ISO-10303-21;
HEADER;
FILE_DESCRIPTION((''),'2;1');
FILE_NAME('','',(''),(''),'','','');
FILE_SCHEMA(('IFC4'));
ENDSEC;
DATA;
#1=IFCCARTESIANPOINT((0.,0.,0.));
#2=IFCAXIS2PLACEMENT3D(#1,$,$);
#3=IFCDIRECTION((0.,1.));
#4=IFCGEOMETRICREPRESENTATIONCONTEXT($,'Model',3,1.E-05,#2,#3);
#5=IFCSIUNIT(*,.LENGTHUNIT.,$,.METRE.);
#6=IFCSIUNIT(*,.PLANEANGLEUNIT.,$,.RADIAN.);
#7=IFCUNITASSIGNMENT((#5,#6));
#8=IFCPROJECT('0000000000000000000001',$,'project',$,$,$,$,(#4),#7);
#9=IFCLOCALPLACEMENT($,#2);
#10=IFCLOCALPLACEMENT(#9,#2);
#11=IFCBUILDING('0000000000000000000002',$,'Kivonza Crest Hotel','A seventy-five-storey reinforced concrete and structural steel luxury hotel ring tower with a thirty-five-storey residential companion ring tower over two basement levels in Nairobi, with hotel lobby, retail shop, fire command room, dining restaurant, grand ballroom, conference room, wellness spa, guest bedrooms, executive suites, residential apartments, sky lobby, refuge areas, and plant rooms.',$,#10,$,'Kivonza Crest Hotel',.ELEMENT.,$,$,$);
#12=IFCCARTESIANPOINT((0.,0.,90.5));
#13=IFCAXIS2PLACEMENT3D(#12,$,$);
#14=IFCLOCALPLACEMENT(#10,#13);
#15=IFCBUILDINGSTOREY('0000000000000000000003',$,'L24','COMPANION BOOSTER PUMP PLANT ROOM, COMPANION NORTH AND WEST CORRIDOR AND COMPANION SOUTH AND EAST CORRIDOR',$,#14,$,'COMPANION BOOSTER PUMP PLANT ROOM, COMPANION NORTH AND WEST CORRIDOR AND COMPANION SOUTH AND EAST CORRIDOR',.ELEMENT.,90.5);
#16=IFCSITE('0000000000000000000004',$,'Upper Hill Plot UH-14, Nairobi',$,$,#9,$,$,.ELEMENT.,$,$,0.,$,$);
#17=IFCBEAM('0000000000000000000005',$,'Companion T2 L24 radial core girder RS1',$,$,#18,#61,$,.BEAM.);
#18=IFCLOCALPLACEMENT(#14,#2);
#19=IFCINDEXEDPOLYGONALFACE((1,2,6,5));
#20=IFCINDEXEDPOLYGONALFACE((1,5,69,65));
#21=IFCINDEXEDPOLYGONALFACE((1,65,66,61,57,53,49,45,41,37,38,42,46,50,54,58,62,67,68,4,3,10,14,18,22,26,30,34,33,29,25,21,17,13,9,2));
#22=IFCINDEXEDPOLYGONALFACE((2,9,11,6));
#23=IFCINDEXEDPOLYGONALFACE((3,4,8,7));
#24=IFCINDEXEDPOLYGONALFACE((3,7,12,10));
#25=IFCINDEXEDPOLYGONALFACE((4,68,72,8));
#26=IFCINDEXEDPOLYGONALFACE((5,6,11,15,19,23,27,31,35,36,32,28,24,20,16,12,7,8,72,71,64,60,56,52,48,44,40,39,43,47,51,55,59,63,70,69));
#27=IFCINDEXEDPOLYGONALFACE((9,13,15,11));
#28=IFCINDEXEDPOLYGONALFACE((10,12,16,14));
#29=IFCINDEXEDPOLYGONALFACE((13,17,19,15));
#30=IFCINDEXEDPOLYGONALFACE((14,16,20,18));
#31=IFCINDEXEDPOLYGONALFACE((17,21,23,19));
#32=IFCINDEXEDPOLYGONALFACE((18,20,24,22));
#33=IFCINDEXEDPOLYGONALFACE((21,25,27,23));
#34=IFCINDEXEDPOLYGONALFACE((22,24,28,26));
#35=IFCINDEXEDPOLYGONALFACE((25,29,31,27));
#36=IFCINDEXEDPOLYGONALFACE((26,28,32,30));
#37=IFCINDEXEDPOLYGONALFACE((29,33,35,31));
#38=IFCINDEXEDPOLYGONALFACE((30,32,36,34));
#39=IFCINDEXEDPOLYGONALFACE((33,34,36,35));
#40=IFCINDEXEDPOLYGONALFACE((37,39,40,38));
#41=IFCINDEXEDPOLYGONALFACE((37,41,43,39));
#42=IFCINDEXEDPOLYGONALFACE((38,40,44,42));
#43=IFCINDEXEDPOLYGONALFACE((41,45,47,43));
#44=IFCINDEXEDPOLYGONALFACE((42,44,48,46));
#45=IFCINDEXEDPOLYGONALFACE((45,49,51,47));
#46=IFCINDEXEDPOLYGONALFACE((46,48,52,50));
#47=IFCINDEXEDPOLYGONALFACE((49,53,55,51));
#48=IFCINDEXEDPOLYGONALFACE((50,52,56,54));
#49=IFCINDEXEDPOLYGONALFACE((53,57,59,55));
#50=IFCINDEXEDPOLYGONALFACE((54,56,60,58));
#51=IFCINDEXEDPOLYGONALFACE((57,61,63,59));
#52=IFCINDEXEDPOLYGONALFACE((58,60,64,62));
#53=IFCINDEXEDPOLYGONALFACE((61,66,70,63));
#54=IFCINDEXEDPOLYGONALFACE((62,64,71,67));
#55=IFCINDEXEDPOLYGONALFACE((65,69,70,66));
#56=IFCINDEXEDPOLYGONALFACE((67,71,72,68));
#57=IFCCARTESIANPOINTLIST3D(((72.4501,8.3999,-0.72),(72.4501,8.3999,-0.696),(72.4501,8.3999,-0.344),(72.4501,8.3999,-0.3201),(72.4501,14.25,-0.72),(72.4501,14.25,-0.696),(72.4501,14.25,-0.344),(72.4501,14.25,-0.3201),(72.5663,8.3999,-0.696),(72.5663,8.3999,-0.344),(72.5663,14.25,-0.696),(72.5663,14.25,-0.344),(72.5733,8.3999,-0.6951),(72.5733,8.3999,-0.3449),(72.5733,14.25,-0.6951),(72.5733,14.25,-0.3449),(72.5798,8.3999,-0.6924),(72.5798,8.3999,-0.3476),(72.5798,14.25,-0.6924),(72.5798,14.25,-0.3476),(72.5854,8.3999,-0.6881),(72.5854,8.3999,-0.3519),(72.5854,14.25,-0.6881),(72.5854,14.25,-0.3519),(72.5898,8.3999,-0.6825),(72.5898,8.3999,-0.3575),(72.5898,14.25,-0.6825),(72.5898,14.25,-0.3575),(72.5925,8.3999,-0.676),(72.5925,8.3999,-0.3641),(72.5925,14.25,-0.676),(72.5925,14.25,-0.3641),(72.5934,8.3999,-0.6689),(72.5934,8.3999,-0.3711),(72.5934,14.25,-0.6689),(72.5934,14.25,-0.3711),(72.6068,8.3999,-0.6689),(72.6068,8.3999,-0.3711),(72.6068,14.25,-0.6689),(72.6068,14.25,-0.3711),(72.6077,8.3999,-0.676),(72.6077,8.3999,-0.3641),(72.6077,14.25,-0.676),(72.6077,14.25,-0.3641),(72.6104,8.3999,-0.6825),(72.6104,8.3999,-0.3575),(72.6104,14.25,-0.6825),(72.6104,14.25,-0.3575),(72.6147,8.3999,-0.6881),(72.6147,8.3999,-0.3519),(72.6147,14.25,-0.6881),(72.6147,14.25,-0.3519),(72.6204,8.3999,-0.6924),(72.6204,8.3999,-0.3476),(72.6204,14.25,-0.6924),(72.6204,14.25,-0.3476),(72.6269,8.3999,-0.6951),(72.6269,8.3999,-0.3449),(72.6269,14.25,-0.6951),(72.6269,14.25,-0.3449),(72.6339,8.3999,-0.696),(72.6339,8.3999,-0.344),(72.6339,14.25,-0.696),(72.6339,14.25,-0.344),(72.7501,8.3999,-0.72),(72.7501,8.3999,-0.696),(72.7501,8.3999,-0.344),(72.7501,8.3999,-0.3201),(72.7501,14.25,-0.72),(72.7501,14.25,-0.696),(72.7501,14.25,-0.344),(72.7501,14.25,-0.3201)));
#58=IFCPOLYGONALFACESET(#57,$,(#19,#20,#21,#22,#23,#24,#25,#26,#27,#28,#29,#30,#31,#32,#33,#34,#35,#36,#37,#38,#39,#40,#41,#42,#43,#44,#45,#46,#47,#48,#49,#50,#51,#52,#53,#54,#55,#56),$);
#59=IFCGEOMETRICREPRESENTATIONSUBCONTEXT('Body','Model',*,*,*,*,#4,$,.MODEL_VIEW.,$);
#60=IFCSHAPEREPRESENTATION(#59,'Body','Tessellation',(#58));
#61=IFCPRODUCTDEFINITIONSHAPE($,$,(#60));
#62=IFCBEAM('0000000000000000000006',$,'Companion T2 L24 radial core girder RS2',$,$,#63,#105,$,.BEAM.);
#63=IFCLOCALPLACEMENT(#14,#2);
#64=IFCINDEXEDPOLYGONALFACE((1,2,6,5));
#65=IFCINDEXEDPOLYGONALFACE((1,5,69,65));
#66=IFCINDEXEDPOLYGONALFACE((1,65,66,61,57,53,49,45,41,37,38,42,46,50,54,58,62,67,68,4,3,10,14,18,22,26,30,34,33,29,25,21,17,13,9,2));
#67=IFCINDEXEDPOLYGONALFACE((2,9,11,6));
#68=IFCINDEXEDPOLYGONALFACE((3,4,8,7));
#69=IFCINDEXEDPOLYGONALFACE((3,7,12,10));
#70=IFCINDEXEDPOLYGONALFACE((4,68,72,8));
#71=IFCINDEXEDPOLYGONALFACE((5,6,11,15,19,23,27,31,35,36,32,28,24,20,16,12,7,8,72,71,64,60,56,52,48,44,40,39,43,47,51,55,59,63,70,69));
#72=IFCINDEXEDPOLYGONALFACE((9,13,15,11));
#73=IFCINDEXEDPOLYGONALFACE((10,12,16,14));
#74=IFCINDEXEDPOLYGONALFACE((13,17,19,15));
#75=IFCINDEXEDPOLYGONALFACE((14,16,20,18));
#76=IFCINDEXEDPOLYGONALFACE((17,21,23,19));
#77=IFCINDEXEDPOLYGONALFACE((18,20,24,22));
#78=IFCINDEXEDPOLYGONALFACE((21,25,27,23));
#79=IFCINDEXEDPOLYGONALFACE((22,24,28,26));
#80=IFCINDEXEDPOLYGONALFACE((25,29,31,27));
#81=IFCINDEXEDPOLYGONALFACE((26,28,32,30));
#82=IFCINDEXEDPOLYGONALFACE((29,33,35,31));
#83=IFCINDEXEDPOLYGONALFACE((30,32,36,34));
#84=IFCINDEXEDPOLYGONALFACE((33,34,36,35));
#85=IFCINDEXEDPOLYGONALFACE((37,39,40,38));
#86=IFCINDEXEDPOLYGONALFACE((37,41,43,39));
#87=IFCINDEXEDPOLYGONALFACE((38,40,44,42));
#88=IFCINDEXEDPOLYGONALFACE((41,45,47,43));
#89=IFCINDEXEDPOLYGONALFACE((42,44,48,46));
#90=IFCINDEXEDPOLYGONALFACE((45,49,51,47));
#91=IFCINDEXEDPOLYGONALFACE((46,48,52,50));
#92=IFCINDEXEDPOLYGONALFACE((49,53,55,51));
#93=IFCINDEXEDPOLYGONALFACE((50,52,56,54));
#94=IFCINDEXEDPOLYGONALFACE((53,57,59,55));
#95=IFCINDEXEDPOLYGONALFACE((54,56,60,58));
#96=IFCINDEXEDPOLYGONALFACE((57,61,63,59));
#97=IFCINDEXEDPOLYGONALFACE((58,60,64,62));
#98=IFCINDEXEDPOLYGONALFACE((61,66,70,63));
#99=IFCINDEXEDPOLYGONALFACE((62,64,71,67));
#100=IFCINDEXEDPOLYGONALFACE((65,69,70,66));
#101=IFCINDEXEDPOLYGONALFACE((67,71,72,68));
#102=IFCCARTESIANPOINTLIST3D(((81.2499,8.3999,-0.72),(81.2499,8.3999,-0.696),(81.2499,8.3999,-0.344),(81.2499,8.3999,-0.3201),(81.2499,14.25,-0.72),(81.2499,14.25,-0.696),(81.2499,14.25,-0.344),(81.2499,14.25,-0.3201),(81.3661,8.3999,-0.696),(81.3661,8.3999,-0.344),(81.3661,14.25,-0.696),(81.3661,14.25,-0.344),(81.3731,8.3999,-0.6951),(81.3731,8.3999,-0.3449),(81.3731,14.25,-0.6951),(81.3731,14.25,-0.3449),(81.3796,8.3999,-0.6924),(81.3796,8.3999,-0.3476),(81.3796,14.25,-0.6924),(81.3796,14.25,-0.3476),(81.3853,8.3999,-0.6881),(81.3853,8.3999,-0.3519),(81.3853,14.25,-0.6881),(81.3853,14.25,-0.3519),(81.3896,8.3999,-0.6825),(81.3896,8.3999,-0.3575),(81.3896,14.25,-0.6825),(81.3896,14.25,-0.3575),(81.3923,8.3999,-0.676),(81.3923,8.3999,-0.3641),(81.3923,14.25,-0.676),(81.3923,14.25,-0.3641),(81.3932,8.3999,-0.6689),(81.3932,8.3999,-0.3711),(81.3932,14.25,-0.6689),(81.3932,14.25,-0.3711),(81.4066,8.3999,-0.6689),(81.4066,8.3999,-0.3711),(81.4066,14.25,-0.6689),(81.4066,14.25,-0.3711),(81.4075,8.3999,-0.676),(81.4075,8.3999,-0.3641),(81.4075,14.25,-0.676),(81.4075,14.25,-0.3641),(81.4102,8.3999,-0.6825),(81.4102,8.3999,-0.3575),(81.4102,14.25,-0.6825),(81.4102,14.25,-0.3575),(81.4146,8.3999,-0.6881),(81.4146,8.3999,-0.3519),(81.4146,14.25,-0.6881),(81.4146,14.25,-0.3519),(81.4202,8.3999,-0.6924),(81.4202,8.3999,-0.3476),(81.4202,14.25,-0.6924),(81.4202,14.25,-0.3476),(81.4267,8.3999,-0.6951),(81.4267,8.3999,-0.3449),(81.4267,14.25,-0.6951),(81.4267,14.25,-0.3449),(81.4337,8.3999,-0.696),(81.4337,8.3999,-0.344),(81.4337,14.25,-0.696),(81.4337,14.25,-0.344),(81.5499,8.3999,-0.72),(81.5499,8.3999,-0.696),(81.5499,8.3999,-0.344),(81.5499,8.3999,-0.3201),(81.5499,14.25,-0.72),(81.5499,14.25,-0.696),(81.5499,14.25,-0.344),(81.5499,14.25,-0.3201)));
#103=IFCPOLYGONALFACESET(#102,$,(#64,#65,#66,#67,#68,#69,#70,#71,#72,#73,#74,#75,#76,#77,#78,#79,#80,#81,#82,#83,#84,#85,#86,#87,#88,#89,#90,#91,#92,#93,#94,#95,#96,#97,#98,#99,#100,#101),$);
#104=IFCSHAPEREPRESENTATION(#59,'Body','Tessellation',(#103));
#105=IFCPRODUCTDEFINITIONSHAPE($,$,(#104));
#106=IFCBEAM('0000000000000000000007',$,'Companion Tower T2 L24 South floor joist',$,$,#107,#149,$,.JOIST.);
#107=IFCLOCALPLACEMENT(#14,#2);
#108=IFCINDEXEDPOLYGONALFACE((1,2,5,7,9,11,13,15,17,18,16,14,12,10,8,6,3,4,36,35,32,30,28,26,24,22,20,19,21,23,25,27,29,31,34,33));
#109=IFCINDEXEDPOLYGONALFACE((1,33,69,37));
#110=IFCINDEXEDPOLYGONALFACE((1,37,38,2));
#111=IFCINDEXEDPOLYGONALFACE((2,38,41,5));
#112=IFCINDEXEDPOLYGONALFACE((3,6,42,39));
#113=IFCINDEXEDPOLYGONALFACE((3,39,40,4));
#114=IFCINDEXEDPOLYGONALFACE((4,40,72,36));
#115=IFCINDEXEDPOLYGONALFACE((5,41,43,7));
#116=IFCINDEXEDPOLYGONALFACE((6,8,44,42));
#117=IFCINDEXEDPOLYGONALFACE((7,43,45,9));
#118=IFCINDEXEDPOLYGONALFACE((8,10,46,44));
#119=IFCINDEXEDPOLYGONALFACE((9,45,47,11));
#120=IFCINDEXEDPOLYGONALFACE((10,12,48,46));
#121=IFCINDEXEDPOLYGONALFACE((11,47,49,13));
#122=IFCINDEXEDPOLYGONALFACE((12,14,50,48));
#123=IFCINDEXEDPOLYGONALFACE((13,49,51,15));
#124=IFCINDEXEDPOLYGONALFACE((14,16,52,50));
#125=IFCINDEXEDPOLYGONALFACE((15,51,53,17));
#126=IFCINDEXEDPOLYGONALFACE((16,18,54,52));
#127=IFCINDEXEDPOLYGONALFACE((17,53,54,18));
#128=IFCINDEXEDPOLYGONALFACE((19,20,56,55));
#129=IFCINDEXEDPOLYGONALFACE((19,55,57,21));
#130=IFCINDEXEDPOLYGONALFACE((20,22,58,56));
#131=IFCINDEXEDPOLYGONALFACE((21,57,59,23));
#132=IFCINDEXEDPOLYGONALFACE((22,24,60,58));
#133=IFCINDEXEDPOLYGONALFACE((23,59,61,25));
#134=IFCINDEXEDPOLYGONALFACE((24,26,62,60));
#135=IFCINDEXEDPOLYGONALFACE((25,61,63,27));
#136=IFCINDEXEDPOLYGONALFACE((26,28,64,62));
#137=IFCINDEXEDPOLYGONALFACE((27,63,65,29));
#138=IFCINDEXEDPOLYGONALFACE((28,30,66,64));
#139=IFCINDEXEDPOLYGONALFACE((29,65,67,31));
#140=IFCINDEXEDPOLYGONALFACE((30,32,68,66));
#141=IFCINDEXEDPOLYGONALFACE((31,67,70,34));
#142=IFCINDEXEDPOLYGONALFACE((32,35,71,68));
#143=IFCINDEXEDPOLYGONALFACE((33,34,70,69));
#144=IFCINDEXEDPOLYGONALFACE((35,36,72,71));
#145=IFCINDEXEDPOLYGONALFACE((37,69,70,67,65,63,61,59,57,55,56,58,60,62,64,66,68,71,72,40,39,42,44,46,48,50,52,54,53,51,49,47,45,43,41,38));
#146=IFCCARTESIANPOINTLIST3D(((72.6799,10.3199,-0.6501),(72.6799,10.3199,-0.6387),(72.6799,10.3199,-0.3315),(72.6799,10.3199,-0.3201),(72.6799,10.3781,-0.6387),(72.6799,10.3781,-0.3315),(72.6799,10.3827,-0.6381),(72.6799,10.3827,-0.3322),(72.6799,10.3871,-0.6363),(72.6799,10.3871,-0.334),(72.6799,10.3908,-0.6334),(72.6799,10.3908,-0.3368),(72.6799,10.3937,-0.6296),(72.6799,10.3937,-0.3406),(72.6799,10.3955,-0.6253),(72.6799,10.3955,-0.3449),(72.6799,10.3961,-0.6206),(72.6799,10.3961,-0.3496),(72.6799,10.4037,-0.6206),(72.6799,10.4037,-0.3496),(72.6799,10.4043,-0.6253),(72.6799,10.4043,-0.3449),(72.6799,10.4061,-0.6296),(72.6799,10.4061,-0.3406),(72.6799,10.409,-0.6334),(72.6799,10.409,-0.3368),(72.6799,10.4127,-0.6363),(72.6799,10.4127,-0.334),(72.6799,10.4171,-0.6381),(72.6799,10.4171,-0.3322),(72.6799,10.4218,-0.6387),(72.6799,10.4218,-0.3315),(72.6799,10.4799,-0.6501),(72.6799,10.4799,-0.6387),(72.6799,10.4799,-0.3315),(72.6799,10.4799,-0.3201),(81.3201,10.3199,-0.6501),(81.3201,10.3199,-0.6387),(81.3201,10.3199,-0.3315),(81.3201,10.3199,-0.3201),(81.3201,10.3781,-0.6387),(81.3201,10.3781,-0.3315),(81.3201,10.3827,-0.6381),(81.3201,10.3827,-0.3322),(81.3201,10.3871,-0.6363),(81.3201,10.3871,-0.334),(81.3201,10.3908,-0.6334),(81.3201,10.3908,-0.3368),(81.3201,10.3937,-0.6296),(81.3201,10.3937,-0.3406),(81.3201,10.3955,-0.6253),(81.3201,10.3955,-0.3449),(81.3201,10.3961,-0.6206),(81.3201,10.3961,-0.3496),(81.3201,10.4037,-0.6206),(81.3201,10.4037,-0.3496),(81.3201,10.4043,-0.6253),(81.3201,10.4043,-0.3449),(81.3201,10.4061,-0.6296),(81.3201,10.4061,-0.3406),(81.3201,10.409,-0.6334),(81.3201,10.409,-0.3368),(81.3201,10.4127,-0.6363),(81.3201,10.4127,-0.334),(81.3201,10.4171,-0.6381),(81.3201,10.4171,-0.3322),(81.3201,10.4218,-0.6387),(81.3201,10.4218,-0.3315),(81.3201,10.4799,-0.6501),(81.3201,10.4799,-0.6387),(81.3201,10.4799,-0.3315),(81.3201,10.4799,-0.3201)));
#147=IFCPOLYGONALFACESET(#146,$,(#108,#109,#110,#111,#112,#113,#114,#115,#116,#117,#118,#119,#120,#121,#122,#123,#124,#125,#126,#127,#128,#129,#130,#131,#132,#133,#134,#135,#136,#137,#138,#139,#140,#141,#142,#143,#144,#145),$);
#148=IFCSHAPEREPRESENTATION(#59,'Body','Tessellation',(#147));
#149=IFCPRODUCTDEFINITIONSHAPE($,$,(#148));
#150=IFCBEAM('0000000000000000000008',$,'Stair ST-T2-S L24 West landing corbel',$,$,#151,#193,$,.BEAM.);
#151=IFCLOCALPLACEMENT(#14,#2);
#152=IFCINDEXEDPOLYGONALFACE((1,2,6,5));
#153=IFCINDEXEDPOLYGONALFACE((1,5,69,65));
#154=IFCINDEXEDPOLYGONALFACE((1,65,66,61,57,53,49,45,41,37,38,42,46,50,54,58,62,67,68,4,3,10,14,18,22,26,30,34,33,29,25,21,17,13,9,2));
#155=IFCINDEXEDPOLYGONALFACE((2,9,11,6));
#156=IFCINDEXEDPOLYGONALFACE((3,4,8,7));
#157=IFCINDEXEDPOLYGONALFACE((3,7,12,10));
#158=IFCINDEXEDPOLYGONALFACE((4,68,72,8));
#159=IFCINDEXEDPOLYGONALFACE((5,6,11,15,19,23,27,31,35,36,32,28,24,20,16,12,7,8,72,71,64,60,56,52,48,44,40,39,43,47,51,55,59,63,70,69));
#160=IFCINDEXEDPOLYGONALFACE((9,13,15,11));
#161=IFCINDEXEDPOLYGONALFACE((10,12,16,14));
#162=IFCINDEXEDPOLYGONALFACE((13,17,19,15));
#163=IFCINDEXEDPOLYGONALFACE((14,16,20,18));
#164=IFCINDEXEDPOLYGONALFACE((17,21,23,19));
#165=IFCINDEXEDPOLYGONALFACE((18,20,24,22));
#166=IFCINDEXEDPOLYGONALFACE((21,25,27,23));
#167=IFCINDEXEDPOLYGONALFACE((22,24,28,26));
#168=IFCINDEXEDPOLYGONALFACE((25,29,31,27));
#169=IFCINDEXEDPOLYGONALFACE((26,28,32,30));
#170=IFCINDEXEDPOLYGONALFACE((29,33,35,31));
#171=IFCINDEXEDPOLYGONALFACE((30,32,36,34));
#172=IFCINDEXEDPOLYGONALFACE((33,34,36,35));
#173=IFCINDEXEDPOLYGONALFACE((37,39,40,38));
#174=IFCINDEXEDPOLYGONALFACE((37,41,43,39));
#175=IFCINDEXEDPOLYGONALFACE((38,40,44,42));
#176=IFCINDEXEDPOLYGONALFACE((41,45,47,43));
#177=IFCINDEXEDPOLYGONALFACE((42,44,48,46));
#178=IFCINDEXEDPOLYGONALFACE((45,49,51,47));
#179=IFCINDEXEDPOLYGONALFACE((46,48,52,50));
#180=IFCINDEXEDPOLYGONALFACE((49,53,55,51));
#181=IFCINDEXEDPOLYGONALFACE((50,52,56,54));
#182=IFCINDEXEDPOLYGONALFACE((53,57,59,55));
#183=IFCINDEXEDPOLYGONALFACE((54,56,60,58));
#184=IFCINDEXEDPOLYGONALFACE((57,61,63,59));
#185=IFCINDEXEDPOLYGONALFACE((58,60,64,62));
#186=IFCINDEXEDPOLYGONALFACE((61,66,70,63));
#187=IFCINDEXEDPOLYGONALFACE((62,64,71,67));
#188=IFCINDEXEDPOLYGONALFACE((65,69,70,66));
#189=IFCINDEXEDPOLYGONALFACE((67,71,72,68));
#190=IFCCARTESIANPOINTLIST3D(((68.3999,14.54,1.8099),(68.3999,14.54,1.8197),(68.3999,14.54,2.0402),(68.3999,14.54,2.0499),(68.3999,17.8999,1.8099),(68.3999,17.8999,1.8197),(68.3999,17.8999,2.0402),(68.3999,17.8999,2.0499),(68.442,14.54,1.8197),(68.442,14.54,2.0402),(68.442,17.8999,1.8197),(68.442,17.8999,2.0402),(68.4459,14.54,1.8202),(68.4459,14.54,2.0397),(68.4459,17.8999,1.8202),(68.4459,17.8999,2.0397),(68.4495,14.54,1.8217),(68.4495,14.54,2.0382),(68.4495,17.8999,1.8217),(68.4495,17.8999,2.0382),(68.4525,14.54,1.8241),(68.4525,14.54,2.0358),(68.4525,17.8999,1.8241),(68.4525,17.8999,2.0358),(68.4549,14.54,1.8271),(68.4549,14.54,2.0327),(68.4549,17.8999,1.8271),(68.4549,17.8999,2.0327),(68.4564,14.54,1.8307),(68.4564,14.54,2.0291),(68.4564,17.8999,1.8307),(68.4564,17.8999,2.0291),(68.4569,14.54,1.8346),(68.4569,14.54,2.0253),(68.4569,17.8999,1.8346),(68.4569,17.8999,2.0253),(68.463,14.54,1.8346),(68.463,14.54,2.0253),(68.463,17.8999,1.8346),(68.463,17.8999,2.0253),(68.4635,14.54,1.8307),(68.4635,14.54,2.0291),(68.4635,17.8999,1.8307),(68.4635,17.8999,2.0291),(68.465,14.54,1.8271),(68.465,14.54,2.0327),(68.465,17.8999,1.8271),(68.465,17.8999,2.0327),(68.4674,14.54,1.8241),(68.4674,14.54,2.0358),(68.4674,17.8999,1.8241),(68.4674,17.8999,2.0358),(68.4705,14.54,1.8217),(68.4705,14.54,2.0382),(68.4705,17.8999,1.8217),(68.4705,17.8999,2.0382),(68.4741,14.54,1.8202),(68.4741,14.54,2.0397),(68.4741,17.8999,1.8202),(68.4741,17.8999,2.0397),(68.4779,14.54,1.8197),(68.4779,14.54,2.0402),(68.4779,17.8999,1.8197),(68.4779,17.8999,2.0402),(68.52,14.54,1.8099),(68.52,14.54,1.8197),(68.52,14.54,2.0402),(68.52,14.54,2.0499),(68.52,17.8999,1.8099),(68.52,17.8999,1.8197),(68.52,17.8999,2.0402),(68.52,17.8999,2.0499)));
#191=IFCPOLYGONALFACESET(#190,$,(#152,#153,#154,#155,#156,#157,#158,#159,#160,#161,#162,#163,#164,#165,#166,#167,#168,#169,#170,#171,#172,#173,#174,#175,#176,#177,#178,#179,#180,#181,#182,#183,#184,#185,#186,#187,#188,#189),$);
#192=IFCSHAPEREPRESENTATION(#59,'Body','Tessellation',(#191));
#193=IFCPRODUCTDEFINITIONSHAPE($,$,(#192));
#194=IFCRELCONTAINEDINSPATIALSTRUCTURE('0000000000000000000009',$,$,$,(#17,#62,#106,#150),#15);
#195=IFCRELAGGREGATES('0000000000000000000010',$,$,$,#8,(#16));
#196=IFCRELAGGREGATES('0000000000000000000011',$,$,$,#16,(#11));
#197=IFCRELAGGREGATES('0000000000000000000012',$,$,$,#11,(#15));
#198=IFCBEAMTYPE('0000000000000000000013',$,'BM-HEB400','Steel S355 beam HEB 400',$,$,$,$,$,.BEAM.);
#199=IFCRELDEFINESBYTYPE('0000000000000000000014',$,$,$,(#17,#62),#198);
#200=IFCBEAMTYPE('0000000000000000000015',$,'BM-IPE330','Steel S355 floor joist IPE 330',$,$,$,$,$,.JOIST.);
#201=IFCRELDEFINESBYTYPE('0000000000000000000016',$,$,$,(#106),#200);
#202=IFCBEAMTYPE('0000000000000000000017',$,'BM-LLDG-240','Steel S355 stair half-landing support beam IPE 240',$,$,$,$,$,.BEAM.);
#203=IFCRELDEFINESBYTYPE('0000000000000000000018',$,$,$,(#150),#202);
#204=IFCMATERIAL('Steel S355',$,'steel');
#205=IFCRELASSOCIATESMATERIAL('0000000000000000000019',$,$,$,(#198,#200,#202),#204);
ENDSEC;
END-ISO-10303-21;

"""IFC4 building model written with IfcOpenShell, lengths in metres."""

from ifc_helpers import new_model, si_unit, direction, frame, origin, origin_2d, place, context, subcontext, project, spatial, i_section, extrude, material, material_profile, profile_set, type_object, element, save


model = new_model("IFC4")

# Units and contexts
model_context = context("Model", 3, precision=1e-05, world=origin(), true_north=direction((0.0, 1.0)))
body_context = subcontext(model_context, "Body", "Model", "MODEL_VIEW")
ifc_project = project(units=[si_unit("LENGTHUNIT", "METRE"), si_unit("PLANEANGLEUNIT", "RADIAN")], contexts=[model_context])

# Site, building, storey
site_placement = place(None, origin())
site = spatial("IfcSite", under=ifc_project, at=site_placement, Name="Upper Hill Plot UH-14, Nairobi", CompositionType="ELEMENT", RefElevation=0.0)
building_placement = place(site_placement, origin())
building = spatial("IfcBuilding", under=site, at=building_placement, Name="Kivonza Crest Hotel", Description="A seventy-five-storey reinforced concrete and structural steel luxury hotel ring tower with a thirty-five-storey residential companion ring tower over two basement levels in Nairobi, with hotel lobby, retail shop, fire command room, dining restaurant, grand ballroom, conference room, wellness spa, guest bedrooms, executive suites, residential apartments, sky lobby, refuge areas, and plant rooms.", LongName="Kivonza Crest Hotel", CompositionType="ELEMENT")
storey_placement = place(building_placement, frame((0.0, 0.0, 90.5)))
storey = spatial("IfcBuildingStorey", under=building, at=storey_placement, Name="L24", Description="COMPANION BOOSTER PUMP PLANT ROOM, COMPANION NORTH AND WEST CORRIDOR AND COMPANION SOUTH AND EAST CORRIDOR", LongName="COMPANION BOOSTER PUMP PLANT ROOM, COMPANION NORTH AND WEST CORRIDOR AND COMPANION SOUTH AND EAST CORRIDOR", CompositionType="ELEMENT", Elevation=90.5)

# Beams
ifc_material_1 = material(Name="Steel S355", Category="steel")
ifc_material_profile_1 = material_profile(ifc_material_1, i_section(OverallWidth=0.3, OverallDepth=0.3999, WebThickness=0.0134, FlangeThickness=0.0239, FilletRadius=0.0271, at=origin_2d()), Name="HEB 400")
ifc_profile_set_1 = profile_set([ifc_material_profile_1], Name="Steel S355")
beam_type_1 = type_object("IfcBeamType", Name="BM-HEB400", Description="Steel S355 beam HEB 400", PredefinedType="BEAM", material=ifc_profile_set_1)
for number, where, z_axis, x_axis, name in (
    (1, (72.6001, 8.3999, -0.52), (0.0, 1.0, 0.0), (-1.0, 0.0, 0.0), "Companion T2 L24 radial core girder RS1"),
    (2, (81.3999, 8.3999, -0.52), (0.0, 1.0, 0.0), (-1.0, 0.0, 0.0), "Companion T2 L24 radial core girder RS2"),
):
    element("IfcBeam", number, at=place(storey_placement, frame(where, z_axis=z_axis, x_axis=x_axis)), inside=storey, type_object=beam_type_1, Name=name, PredefinedType="BEAM", context=body_context, shape_type="SweptSolid", body=[
        extrude(i_section(OverallWidth=0.3, OverallDepth=0.3999, WebThickness=0.0134, FlangeThickness=0.0239, FilletRadius=0.0271, at=origin_2d()), origin(), (0.0, 0.0, 1.0), 5.8501),
    ])
ifc_material_profile_2 = material_profile(ifc_material_1, i_section(OverallWidth=0.1599, OverallDepth=0.3301, WebThickness=0.0076, FlangeThickness=0.0115, FilletRadius=0.0181, at=origin_2d()), Name="IPE 330")
ifc_profile_set_2 = profile_set([ifc_material_profile_2], Name="Steel S355")
beam_type_2 = type_object("IfcBeamType", Name="BM-IPE330", Description="Steel S355 floor joist IPE 330", PredefinedType="JOIST", material=ifc_profile_set_2)
beam_1_placement = place(storey_placement, frame((72.6799, 10.3999, -0.4851), z_axis=(1.0, 0.0, 0.0), x_axis=(0.0, 1.0, 0.0)))
element("IfcBeam", 3, at=beam_1_placement, inside=storey, type_object=beam_type_2, Name="Companion Tower T2 L24 South floor joist", PredefinedType="JOIST", context=body_context, shape_type="SweptSolid", body=[
    extrude(i_section(OverallWidth=0.1599, OverallDepth=0.3301, WebThickness=0.0076, FlangeThickness=0.0115, FilletRadius=0.0181, at=origin_2d()), origin(), (0.0, 0.0, 1.0), 8.6401),
])
ifc_material_profile_3 = material_profile(ifc_material_1, i_section(OverallWidth=0.1201, OverallDepth=0.24, WebThickness=0.0061, FlangeThickness=0.0098, FilletRadius=0.0149, at=origin_2d()), Name="IPE 240")
ifc_profile_set_3 = profile_set([ifc_material_profile_3], Name="Steel S355")
beam_type_3 = type_object("IfcBeamType", Name="BM-LLDG-240", Description="Steel S355 stair half-landing support beam IPE 240", PredefinedType="BEAM", material=ifc_profile_set_3)
beam_2_placement = place(storey_placement, frame((68.46, 14.54, 1.9299), z_axis=(0.0, 1.0, 0.0), x_axis=(-1.0, 0.0, 0.0)))
element("IfcBeam", 4, at=beam_2_placement, inside=storey, type_object=beam_type_3, Name="Stair ST-T2-S L24 West landing corbel", PredefinedType="BEAM", context=body_context, shape_type="SweptSolid", body=[
    extrude(i_section(OverallWidth=0.1201, OverallDepth=0.24, WebThickness=0.0061, FlangeThickness=0.0098, FilletRadius=0.0149, at=origin_2d()), origin(), (0.0, 0.0, 1.0), 3.3599),
])

save(model, "model.ifc")
